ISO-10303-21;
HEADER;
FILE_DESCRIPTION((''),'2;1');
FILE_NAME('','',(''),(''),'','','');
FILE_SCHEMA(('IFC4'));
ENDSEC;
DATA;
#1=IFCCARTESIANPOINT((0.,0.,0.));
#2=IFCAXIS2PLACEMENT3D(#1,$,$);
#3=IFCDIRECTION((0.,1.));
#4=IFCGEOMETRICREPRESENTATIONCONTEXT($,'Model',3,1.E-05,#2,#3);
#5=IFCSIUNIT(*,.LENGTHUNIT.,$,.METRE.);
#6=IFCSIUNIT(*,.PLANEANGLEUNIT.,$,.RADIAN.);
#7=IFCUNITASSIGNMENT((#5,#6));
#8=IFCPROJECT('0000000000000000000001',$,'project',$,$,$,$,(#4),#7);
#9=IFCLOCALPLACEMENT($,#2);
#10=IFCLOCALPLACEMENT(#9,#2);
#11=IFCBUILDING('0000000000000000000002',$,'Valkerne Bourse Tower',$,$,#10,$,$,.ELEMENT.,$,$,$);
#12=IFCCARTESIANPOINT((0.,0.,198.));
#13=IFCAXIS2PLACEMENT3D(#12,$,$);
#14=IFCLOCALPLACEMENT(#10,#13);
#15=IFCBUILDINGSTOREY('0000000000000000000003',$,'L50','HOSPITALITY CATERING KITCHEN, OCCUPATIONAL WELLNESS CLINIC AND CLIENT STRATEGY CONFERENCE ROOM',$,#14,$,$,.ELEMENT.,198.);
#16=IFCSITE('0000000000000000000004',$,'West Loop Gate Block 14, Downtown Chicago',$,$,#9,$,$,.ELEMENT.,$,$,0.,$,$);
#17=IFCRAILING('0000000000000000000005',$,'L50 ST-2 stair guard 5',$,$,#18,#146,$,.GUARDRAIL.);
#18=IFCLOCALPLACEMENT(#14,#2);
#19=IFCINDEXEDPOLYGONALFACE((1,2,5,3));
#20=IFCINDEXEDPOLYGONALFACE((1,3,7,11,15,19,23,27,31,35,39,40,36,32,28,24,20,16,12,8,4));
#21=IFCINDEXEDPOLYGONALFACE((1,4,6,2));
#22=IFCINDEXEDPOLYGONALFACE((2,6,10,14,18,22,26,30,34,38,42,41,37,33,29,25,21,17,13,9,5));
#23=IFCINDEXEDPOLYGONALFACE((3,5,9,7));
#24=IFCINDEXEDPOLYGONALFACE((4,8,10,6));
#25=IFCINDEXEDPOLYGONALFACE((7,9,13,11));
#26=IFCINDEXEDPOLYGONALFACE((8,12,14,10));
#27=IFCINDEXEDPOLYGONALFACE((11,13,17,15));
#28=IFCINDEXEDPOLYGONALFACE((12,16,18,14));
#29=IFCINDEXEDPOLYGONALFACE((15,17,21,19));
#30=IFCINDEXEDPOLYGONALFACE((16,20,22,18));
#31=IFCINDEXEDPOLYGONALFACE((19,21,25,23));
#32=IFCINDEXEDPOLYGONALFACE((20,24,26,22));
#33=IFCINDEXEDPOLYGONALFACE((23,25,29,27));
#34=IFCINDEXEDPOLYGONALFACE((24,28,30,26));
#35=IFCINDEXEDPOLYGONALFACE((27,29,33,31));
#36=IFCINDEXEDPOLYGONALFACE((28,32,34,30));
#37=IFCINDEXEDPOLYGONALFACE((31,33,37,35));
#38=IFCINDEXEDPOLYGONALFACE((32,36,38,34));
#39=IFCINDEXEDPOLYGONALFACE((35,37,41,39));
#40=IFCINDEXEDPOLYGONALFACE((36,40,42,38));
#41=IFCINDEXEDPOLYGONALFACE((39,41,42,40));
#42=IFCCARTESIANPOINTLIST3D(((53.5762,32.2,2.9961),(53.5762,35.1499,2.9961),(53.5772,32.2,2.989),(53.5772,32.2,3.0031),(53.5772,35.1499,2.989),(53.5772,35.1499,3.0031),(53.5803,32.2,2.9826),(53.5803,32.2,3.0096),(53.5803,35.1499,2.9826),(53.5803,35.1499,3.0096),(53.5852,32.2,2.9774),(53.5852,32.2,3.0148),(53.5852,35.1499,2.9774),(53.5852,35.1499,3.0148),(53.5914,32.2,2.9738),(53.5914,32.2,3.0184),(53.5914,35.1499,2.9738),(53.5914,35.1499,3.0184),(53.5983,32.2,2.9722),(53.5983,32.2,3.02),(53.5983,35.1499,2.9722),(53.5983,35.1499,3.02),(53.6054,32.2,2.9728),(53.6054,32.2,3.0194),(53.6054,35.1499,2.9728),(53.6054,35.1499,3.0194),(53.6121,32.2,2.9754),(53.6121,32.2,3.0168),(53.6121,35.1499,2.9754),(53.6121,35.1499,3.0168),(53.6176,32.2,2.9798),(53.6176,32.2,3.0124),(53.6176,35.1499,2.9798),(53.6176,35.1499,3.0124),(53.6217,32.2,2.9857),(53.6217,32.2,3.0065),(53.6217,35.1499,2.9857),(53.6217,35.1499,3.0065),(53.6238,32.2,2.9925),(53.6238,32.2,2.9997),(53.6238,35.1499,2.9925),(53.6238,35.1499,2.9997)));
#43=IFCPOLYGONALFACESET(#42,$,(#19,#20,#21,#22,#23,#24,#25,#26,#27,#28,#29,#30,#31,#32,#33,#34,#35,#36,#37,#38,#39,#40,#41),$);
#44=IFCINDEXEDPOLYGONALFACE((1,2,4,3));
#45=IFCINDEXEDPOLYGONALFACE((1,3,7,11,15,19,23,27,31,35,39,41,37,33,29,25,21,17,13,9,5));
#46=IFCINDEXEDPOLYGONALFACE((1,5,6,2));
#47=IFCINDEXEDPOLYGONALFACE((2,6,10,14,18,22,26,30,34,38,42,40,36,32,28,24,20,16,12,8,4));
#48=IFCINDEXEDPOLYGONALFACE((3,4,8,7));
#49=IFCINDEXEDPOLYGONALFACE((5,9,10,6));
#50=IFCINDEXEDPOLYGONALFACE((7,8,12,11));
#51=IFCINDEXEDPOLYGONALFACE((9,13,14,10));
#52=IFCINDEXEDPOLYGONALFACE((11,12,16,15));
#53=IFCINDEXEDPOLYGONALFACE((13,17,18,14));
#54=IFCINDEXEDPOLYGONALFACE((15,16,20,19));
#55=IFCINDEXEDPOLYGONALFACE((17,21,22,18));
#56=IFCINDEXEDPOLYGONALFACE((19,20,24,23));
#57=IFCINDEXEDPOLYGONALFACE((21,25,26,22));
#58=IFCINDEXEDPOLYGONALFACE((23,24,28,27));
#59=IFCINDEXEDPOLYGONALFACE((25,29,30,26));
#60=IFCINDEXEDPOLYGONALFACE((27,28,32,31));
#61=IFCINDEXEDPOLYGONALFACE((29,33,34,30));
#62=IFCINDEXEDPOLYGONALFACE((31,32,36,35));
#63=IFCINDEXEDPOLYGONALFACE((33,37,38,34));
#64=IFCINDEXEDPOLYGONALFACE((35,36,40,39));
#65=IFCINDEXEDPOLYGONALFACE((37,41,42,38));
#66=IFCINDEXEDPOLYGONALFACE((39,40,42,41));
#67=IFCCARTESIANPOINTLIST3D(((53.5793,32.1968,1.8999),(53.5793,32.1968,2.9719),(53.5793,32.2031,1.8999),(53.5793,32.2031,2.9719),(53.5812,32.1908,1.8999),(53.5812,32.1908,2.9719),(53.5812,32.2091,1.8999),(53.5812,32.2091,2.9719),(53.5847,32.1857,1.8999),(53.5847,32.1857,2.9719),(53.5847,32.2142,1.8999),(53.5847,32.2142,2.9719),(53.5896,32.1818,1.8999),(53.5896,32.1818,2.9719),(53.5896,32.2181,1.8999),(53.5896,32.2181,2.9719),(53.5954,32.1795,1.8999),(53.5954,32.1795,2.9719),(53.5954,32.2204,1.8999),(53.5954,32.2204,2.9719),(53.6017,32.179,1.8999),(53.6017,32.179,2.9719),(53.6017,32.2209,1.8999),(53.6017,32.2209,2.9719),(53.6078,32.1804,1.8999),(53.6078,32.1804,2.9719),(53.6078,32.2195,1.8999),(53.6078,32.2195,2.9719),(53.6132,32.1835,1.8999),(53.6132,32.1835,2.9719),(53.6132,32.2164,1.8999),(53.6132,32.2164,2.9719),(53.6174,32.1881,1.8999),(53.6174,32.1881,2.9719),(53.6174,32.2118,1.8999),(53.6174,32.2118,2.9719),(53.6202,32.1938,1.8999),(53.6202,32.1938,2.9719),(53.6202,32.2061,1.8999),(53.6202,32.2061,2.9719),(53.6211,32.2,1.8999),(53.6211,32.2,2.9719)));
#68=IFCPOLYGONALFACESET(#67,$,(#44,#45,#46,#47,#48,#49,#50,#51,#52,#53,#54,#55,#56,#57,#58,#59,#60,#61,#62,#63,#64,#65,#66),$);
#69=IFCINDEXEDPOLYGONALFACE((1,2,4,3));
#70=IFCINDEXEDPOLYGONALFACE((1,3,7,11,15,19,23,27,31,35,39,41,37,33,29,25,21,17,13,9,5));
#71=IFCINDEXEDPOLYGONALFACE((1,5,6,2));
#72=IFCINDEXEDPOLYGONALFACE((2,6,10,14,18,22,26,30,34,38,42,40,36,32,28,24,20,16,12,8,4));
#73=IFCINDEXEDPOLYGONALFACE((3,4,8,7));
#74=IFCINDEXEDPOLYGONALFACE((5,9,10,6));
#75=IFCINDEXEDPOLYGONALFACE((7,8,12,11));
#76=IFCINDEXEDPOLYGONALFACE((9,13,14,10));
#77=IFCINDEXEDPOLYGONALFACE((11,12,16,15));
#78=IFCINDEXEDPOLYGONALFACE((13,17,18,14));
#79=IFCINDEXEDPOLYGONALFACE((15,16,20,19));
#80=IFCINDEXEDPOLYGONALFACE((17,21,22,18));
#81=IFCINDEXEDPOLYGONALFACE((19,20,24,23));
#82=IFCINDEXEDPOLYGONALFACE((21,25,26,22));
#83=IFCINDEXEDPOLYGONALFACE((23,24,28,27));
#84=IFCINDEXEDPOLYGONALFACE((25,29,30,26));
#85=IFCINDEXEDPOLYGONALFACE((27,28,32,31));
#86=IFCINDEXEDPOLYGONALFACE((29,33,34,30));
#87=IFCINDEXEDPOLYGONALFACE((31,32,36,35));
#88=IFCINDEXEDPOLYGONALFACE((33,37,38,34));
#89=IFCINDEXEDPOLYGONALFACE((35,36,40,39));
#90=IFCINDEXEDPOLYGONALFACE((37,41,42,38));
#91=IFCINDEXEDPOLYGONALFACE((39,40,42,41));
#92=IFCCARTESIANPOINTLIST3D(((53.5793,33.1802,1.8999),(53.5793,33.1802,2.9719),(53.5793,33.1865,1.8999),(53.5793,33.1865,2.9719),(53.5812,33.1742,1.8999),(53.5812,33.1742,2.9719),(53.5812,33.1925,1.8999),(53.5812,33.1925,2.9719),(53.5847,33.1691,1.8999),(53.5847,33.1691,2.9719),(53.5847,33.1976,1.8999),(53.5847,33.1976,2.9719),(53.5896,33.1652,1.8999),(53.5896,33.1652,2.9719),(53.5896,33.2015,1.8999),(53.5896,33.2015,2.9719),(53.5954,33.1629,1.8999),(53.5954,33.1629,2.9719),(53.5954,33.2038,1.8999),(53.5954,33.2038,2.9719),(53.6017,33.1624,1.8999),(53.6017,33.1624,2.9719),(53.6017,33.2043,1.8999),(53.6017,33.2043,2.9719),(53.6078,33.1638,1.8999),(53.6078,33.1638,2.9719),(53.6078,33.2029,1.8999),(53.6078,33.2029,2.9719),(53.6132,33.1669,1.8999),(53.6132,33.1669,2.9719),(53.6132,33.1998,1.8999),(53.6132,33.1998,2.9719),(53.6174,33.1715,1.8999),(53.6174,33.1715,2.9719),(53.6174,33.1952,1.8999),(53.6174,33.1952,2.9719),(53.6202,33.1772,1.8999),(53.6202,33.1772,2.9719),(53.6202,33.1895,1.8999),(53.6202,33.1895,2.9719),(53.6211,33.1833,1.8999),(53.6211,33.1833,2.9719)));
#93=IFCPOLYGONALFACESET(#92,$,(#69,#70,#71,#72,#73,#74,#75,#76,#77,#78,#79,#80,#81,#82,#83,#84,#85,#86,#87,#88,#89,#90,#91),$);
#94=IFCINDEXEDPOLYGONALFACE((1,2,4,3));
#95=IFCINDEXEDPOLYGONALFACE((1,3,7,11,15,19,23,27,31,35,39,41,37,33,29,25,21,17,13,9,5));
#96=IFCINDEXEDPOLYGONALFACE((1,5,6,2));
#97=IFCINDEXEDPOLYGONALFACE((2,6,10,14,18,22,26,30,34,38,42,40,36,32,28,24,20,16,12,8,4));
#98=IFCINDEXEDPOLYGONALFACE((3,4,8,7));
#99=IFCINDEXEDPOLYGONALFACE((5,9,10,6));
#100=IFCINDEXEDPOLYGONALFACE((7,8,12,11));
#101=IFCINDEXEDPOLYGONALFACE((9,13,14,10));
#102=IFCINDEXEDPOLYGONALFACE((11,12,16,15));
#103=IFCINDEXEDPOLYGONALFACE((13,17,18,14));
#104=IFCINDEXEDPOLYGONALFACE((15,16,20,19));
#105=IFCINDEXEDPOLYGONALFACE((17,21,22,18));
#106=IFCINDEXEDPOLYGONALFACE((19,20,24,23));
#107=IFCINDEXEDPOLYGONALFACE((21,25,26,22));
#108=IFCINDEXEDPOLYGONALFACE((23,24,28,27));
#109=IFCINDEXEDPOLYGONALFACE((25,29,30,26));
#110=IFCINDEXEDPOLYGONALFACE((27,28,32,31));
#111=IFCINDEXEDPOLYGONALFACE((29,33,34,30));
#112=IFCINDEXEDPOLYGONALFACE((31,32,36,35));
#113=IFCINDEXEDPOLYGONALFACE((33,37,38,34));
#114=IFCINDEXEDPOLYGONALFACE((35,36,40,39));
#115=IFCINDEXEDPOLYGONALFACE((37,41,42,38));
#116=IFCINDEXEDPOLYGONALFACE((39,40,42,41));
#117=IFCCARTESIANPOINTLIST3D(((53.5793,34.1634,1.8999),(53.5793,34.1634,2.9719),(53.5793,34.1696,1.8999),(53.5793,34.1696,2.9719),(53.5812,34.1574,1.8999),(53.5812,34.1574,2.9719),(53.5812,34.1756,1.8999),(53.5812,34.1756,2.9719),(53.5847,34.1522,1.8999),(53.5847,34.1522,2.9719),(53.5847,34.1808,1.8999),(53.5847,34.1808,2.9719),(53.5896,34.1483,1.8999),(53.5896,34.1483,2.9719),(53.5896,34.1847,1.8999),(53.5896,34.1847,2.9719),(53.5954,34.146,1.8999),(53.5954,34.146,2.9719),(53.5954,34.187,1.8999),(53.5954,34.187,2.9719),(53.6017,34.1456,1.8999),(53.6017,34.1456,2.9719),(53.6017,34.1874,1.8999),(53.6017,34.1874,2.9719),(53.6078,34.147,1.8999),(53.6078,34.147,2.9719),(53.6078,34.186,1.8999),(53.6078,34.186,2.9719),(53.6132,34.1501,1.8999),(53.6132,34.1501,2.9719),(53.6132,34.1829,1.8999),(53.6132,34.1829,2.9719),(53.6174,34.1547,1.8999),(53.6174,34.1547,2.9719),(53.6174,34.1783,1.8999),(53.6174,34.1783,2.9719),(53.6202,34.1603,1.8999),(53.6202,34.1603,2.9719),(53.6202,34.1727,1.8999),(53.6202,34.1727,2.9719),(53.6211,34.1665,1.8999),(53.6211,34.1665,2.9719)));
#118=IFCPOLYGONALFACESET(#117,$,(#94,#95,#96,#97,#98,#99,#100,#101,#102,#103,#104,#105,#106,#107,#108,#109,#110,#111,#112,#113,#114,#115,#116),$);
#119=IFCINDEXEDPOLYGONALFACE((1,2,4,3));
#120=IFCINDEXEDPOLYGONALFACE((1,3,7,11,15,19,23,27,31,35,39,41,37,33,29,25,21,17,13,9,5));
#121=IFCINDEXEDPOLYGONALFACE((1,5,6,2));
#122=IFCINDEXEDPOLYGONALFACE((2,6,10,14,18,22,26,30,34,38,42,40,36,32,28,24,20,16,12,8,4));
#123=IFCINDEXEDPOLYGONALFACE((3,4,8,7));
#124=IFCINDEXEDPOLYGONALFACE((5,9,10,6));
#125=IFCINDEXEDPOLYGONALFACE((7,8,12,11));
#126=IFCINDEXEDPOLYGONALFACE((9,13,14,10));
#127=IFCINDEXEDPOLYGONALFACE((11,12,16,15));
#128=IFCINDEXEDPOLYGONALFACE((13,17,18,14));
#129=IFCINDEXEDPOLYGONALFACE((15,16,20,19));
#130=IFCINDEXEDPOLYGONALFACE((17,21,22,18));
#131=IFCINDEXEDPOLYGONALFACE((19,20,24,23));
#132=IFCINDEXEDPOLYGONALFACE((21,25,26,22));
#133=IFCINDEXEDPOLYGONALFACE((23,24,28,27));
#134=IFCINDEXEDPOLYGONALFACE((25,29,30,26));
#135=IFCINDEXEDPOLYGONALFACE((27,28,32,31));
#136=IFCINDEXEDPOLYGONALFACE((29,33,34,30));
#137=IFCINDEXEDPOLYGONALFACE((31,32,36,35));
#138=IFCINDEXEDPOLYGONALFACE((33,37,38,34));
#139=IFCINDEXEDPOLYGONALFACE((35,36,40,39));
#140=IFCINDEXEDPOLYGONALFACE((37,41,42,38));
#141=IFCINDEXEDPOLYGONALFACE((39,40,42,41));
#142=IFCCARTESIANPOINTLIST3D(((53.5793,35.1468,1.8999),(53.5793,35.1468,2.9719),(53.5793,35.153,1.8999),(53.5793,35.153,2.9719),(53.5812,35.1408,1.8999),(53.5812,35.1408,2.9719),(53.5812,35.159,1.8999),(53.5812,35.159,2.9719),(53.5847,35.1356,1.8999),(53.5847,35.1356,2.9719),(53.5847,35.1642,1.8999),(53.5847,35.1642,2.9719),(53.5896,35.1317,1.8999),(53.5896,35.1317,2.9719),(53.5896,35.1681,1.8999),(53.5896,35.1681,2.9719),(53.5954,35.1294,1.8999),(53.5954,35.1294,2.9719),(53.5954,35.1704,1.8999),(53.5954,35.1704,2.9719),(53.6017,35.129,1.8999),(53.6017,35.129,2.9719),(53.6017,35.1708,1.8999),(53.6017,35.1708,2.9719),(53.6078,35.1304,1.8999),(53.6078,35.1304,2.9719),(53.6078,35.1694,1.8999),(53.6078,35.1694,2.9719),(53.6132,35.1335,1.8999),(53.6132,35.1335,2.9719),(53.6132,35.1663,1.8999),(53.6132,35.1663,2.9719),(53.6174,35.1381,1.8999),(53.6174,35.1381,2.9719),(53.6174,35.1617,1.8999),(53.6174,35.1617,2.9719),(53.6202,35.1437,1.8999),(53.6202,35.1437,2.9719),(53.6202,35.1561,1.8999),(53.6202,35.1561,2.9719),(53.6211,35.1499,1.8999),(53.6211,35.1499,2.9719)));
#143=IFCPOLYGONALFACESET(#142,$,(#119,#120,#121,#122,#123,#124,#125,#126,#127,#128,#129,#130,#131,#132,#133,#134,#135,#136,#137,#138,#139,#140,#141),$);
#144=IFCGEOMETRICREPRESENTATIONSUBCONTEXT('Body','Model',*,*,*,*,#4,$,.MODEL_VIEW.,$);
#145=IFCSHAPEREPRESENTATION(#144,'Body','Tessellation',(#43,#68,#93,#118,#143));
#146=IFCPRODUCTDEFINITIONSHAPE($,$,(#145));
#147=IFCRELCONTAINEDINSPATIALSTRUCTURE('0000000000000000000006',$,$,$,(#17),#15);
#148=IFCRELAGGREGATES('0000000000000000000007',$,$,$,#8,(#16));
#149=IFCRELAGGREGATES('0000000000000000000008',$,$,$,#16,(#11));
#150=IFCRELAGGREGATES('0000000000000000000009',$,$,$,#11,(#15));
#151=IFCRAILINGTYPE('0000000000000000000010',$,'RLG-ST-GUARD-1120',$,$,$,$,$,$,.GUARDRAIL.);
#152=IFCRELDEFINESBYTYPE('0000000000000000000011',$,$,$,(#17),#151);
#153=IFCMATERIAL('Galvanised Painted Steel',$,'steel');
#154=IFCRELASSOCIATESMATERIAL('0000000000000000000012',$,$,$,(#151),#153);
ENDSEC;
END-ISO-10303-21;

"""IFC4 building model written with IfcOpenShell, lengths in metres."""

from ifc_helpers import new_model, si_unit, direction, frame, origin, origin_2d, place, context, subcontext, project, spatial, circle, extrude, material, type_object, element, save


model = new_model("IFC4")

# Units and contexts
model_context = context("Model", 3, precision=1e-05, world=origin(), true_north=direction((0.0, 1.0)))
body_context = subcontext(model_context, "Body", "Model", "MODEL_VIEW")
ifc_project = project(units=[si_unit("LENGTHUNIT", "METRE"), si_unit("PLANEANGLEUNIT", "RADIAN")], contexts=[model_context])

# Site, building, storey
site_placement = place(None, origin())
site = spatial("IfcSite", under=ifc_project, at=site_placement, Name="West Loop Gate Block 14, Downtown Chicago", CompositionType="ELEMENT", RefElevation=0.0)
building_placement = place(site_placement, origin())
building = spatial("IfcBuilding", under=site, at=building_placement, Name="Valkerne Bourse Tower", CompositionType="ELEMENT")
storey_placement = place(building_placement, frame((0.0, 0.0, 198.0)))
storey = spatial("IfcBuildingStorey", under=building, at=storey_placement, Name="L50", Description="HOSPITALITY CATERING KITCHEN, OCCUPATIONAL WELLNESS CLINIC AND CLIENT STRATEGY CONFERENCE ROOM", CompositionType="ELEMENT", Elevation=198.0)

# Railing
ifc_material_1 = material(Name="Galvanised Painted Steel", Category="steel")
railing_type = type_object("IfcRailingType", Name="RLG-ST-GUARD-1120", PredefinedType="GUARDRAIL", material=ifc_material_1)
railing_1_placement = place(storey_placement, frame((53.6001, 32.2, 1.8999)))
element("IfcRailing", 1, at=railing_1_placement, inside=storey, type_object=railing_type, Name="L50 ST-2 stair guard 5", PredefinedType="GUARDRAIL", context=body_context, shape_type="SweptSolid", body=[
    extrude(circle(Radius=0.0239, at=origin_2d()), frame((0.0, 0.0, 1.0962), z_axis=(0.0, 1.0, 0.0), x_axis=(-1.0, 0.0, 0.0)), (0.0, 0.0, 1.0), 2.95),
    extrude(circle(Radius=0.021, at=origin_2d()), origin(), (0.0, 0.0, 1.0), 1.072),
    extrude(circle(Radius=0.021, at=origin_2d()), frame((0.0, 0.9834, 0.0)), (0.0, 0.0, 1.0), 1.072),
    extrude(circle(Radius=0.021, at=origin_2d()), frame((0.0, 1.9666, 0.0)), (0.0, 0.0, 1.0), 1.072),
    extrude(circle(Radius=0.021, at=origin_2d()), frame((0.0, 2.95, 0.0)), (0.0, 0.0, 1.0), 1.072),
])

save(model, "model.ifc")
